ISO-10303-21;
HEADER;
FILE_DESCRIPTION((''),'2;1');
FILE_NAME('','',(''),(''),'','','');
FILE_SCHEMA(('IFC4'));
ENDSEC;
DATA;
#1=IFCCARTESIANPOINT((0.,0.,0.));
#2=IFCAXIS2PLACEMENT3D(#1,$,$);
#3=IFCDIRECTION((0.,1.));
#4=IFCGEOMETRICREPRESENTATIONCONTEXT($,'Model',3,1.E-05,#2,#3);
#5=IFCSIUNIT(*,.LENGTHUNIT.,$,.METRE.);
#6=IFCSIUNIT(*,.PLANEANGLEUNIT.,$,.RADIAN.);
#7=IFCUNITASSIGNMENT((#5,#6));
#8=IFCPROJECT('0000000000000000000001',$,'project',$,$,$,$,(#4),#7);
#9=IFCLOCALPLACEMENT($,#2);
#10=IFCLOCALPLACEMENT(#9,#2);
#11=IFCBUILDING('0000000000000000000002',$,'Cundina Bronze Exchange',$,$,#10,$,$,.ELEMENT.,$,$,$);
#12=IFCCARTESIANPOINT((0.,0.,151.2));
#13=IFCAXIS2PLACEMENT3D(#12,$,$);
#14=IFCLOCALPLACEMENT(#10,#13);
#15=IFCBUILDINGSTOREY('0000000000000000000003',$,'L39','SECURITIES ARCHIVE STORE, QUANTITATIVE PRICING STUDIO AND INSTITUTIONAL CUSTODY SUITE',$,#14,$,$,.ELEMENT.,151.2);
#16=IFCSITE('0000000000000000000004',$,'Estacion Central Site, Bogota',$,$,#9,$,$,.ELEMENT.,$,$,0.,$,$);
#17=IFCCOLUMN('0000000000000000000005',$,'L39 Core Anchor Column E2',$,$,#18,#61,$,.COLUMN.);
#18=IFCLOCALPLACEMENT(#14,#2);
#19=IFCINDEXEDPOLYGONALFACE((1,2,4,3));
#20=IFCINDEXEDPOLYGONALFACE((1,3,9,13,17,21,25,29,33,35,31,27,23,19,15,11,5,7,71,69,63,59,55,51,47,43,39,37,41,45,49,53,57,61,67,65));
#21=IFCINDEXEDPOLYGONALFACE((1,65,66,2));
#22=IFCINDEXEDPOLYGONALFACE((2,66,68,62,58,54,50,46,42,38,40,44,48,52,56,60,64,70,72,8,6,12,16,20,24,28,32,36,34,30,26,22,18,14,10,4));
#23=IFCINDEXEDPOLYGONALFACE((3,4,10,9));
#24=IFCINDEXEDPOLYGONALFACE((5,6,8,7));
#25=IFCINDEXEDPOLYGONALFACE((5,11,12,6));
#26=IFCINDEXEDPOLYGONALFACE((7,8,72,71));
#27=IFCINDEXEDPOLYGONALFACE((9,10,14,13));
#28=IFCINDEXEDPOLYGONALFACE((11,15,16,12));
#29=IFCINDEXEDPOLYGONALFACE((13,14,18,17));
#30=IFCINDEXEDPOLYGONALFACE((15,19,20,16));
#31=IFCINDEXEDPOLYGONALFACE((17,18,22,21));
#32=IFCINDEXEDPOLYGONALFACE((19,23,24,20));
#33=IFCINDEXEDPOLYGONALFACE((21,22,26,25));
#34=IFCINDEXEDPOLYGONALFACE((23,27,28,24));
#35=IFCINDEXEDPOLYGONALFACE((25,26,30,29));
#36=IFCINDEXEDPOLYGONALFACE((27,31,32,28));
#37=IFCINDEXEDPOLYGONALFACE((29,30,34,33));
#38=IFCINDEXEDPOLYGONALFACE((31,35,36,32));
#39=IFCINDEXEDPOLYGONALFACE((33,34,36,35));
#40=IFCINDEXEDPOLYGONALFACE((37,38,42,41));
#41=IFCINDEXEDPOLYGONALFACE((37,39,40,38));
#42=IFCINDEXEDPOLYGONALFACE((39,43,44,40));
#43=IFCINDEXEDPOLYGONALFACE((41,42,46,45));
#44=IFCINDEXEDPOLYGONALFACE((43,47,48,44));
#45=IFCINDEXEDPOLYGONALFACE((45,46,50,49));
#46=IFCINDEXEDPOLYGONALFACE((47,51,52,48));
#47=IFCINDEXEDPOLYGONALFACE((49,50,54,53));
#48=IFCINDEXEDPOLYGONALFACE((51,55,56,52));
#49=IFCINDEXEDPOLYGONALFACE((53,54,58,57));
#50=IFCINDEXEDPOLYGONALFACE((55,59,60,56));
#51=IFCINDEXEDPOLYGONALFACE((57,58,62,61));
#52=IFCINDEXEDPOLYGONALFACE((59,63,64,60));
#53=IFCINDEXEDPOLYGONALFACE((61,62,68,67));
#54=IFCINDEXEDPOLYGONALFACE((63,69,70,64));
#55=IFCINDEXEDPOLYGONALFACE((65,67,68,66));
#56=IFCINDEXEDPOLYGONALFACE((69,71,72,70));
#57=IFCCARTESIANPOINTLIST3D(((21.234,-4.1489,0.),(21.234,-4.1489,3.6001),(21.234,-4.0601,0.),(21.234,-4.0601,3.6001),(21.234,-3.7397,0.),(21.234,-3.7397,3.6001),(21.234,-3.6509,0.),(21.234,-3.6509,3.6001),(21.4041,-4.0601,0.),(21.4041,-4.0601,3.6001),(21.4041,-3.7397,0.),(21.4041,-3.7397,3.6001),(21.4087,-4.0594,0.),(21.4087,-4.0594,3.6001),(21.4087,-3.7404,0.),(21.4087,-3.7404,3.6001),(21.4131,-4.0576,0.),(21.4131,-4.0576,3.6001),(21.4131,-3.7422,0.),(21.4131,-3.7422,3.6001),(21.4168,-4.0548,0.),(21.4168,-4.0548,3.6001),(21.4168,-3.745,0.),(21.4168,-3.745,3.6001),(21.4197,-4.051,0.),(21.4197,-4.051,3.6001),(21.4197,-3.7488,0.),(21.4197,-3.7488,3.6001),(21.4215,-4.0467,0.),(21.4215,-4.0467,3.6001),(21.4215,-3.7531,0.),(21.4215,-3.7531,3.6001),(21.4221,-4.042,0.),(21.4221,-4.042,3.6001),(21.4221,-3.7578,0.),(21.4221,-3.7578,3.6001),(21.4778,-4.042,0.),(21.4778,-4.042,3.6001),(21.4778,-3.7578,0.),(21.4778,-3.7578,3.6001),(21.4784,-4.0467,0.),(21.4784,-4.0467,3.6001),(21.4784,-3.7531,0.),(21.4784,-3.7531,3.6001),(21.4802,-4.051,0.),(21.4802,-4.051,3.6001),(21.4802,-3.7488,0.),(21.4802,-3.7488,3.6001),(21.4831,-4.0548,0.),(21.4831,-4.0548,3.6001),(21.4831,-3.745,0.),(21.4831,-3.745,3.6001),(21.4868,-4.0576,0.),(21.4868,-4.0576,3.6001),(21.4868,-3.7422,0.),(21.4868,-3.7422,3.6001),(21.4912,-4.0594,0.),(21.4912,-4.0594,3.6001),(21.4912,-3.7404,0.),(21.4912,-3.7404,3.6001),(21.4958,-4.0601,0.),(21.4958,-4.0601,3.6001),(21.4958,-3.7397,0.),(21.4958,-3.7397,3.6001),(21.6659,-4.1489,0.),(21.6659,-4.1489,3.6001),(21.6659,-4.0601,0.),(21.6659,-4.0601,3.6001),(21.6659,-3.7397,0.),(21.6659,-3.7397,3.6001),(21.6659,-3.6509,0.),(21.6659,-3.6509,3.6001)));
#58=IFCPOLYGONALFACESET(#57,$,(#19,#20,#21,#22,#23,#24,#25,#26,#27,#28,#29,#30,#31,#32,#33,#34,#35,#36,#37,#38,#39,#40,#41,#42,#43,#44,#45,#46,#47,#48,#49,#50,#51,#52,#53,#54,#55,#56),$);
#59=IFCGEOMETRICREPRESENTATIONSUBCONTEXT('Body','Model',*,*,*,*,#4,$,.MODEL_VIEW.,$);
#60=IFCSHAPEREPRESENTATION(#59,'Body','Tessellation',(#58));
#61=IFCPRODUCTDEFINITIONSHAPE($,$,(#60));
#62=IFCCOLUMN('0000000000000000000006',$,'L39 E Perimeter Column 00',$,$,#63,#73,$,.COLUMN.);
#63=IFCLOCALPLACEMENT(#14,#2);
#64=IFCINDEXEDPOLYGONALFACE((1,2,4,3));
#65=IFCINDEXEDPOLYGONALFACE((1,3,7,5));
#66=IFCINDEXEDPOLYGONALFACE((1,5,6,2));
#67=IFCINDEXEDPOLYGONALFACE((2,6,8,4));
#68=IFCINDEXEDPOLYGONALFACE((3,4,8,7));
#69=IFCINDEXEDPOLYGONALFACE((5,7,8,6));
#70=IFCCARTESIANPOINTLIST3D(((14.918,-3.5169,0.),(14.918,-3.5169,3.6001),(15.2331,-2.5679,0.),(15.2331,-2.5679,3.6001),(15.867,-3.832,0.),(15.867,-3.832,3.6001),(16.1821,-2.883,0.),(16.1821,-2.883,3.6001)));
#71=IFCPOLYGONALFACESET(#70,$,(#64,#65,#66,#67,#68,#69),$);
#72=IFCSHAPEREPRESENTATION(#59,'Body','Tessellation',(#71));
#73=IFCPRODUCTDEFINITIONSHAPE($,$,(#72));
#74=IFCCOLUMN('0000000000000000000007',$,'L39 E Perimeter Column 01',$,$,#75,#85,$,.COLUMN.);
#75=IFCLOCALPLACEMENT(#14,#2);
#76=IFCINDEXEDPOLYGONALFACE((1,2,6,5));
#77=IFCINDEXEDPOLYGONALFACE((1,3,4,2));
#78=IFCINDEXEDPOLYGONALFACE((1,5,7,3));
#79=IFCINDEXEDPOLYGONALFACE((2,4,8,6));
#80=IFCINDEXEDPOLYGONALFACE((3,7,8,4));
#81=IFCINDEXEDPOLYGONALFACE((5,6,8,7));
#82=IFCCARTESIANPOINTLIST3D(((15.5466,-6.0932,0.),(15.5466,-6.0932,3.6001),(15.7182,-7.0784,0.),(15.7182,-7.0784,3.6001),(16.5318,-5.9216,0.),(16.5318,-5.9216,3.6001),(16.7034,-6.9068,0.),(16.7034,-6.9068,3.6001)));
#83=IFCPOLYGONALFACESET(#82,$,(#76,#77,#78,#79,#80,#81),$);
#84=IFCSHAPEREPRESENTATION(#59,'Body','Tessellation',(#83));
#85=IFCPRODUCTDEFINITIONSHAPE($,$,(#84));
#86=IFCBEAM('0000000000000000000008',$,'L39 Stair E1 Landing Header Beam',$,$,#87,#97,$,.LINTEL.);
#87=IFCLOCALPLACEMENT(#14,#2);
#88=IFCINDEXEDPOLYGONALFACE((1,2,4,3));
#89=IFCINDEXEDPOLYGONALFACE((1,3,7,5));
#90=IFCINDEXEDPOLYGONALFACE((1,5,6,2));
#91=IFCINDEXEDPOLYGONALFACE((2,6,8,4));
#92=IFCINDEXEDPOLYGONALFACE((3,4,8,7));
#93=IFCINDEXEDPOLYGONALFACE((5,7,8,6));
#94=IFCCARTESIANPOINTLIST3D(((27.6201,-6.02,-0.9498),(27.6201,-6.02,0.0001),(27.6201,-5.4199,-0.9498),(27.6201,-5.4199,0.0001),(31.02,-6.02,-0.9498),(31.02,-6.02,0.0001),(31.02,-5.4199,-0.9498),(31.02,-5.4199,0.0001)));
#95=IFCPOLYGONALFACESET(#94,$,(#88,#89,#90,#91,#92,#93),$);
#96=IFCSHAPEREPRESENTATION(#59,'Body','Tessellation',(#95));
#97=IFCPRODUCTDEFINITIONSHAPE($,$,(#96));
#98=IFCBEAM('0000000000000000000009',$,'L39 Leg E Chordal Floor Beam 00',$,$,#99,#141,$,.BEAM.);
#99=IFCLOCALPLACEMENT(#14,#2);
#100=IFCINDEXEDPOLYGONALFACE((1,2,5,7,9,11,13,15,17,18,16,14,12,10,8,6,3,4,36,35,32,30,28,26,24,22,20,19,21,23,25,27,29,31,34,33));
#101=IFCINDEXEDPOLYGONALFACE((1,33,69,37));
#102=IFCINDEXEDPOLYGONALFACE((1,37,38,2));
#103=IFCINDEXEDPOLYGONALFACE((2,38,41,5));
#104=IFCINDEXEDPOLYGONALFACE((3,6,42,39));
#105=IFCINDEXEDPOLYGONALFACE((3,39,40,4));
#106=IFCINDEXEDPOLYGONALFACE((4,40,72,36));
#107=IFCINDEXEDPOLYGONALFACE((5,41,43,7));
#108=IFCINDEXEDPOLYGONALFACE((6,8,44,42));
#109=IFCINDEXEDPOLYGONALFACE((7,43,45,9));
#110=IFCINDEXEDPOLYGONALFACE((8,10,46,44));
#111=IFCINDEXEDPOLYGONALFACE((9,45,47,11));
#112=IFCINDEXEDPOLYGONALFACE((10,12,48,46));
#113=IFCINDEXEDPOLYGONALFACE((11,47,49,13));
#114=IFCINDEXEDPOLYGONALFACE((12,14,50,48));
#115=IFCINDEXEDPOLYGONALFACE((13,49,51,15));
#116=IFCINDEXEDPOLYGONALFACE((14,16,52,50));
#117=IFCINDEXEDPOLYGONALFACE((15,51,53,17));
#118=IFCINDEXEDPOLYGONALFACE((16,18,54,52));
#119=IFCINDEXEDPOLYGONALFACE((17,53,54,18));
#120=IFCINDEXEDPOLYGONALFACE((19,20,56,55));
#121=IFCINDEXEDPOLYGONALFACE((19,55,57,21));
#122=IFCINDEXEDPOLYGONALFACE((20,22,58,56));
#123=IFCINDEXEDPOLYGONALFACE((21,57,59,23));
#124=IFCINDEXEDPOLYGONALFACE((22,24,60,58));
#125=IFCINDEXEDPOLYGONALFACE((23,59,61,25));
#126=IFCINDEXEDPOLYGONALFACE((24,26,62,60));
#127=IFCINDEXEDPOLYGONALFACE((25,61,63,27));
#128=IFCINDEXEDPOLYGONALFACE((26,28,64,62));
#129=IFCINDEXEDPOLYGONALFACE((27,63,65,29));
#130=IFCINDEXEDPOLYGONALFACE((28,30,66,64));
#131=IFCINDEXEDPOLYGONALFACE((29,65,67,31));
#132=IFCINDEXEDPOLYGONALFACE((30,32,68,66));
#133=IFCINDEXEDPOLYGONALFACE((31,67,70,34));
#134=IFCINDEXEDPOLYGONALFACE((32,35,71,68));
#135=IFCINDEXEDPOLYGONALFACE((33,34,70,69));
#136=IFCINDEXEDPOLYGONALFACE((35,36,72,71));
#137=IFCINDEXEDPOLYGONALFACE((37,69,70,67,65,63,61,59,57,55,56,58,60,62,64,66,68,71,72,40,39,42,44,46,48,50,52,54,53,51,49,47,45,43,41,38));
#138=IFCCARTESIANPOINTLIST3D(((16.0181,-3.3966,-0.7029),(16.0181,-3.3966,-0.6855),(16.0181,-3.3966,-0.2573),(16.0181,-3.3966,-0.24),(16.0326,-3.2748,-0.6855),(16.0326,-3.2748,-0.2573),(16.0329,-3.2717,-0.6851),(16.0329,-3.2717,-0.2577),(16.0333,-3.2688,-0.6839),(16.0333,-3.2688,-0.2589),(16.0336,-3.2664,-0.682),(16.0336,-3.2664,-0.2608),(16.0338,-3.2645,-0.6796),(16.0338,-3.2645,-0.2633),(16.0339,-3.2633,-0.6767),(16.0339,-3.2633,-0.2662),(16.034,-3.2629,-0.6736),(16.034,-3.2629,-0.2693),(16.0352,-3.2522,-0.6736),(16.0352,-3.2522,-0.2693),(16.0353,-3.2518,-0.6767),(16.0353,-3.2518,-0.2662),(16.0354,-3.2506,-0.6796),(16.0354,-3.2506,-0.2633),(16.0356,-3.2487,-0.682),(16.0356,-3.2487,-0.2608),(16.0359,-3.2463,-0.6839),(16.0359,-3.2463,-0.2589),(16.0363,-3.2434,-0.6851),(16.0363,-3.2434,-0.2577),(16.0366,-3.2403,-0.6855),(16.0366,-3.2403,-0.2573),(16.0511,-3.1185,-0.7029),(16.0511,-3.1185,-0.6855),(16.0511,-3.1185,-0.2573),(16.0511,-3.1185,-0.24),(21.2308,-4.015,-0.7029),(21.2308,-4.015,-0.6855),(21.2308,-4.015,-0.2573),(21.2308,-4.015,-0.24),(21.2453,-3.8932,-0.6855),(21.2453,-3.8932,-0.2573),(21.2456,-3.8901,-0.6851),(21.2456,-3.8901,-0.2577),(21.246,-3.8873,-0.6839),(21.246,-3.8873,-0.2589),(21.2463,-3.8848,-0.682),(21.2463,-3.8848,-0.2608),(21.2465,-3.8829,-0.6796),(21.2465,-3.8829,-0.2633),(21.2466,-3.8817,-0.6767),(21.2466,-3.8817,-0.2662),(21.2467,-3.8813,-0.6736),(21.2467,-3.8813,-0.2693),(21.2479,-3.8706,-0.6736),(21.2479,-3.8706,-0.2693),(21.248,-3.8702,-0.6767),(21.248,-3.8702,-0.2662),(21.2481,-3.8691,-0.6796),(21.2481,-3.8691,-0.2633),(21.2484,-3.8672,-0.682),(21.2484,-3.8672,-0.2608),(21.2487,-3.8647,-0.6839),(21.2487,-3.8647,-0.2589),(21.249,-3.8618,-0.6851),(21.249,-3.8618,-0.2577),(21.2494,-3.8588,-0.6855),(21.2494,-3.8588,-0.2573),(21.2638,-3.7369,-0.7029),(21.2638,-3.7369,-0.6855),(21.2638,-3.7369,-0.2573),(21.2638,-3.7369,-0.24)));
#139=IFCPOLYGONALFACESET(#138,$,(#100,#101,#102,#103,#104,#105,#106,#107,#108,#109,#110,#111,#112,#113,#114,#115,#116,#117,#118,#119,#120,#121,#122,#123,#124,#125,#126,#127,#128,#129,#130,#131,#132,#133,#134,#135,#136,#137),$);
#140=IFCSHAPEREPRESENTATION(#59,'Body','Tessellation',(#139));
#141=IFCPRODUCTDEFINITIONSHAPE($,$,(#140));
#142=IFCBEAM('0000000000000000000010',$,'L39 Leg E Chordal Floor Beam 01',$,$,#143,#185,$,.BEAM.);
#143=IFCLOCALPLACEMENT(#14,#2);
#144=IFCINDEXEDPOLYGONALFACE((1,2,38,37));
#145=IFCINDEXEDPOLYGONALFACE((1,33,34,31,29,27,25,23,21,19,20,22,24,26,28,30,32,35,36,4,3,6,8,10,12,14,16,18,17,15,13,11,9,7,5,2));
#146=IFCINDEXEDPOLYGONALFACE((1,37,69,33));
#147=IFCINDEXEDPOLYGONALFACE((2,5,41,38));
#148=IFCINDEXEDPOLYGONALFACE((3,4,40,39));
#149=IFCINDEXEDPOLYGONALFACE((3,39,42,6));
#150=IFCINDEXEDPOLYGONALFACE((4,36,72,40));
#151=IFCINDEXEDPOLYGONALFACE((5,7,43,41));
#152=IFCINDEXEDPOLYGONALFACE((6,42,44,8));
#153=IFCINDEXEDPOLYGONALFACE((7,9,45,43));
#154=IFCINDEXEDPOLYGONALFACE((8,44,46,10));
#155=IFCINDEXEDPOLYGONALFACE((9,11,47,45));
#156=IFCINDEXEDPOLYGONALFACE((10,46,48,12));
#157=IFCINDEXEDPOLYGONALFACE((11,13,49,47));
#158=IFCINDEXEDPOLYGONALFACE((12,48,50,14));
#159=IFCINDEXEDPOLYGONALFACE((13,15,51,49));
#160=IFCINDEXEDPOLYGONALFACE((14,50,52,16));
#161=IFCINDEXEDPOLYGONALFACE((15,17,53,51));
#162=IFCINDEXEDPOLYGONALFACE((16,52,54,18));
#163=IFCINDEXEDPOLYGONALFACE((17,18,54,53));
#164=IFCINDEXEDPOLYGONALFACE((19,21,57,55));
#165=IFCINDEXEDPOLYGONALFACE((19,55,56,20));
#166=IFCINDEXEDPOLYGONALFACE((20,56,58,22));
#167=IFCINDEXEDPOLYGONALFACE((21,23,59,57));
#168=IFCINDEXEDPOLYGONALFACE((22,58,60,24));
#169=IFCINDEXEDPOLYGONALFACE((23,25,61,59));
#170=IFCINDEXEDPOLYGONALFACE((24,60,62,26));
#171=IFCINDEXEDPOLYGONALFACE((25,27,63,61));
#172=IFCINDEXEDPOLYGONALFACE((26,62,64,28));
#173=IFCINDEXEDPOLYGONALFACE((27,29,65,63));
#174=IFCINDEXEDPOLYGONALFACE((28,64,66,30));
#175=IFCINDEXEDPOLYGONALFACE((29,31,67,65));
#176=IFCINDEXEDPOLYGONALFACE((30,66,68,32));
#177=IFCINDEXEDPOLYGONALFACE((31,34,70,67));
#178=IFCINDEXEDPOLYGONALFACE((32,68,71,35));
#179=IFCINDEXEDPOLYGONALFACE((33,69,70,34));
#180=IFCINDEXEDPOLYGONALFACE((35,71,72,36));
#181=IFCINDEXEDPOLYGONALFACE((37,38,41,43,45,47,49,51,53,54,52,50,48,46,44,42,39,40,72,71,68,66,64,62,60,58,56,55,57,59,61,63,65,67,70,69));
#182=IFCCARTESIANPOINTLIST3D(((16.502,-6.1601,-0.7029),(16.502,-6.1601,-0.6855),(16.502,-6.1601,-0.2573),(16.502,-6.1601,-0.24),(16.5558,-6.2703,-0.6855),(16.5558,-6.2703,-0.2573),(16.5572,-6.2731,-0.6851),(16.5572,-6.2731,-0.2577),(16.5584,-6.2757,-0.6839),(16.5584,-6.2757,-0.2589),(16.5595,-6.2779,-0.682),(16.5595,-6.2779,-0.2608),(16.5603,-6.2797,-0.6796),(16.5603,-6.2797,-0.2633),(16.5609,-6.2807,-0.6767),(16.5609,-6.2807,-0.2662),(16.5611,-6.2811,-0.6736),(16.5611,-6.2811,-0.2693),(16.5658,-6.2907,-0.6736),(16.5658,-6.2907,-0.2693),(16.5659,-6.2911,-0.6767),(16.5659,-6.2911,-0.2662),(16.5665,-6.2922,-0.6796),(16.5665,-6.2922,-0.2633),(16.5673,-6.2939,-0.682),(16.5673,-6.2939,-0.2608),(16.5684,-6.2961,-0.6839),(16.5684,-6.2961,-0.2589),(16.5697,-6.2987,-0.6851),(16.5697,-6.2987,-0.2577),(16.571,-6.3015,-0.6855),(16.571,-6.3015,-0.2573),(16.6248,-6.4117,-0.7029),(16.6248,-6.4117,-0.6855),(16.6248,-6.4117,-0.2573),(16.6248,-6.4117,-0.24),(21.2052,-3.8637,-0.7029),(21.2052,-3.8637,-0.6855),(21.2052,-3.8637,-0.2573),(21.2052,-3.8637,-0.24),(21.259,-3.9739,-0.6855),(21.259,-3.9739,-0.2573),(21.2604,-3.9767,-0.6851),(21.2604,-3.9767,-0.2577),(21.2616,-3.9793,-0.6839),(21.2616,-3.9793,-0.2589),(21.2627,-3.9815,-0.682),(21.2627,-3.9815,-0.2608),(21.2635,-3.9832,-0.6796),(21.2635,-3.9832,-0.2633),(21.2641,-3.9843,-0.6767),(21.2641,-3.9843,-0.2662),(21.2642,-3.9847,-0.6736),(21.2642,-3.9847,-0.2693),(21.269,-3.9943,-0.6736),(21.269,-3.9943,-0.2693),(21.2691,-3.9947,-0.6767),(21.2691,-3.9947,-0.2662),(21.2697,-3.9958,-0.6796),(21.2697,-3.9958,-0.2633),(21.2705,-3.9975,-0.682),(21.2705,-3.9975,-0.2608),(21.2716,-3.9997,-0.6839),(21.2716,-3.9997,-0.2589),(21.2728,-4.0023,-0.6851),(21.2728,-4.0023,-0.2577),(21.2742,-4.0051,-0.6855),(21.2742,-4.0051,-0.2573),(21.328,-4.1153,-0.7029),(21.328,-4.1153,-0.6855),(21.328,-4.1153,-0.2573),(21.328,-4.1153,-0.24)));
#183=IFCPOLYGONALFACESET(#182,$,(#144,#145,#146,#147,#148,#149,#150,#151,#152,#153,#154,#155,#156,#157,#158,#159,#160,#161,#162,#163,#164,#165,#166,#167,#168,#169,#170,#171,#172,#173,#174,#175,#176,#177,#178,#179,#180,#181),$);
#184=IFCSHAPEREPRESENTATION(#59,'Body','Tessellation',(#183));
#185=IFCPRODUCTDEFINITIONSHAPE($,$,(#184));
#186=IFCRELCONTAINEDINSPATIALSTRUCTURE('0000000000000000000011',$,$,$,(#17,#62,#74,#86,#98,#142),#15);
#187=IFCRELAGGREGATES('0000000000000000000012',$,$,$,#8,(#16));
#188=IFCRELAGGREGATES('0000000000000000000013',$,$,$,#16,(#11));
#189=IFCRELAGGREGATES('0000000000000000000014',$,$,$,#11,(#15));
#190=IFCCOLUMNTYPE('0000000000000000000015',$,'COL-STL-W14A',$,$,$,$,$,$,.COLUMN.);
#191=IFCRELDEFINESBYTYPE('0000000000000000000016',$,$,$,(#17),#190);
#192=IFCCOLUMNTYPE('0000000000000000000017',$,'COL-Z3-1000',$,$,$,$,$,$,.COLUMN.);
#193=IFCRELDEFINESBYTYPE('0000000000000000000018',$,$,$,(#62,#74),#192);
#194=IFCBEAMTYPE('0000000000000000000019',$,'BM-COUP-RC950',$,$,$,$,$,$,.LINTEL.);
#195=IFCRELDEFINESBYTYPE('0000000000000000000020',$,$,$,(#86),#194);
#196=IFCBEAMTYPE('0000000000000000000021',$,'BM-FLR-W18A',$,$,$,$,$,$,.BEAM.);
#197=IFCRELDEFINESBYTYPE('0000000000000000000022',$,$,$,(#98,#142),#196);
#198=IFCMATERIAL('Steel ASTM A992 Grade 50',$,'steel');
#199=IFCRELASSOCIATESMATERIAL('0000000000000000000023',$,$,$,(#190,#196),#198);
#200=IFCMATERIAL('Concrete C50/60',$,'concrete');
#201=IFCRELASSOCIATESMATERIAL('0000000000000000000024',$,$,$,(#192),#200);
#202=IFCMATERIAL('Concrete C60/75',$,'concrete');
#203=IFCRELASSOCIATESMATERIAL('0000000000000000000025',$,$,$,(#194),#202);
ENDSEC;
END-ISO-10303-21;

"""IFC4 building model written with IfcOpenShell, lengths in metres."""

from ifc_helpers import new_model, si_unit, direction, frame, origin, origin_2d, place, context, subcontext, project, spatial, rectangle, i_section, extrude, material, material_profile, profile_set, type_object, element, save


model = new_model("IFC4")

# Units and contexts
model_context = context("Model", 3, precision=1e-05, world=origin(), true_north=direction((0.0, 1.0)))
body_context = subcontext(model_context, "Body", "Model", "MODEL_VIEW")
ifc_project = project(units=[si_unit("LENGTHUNIT", "METRE"), si_unit("PLANEANGLEUNIT", "RADIAN")], contexts=[model_context])

# Site, building, storey
site_placement = place(None, origin())
site = spatial("IfcSite", under=ifc_project, at=site_placement, Name="Estacion Central Site, Bogota", CompositionType="ELEMENT", RefElevation=0.0)
building_placement = place(site_placement, origin())
building = spatial("IfcBuilding", under=site, at=building_placement, Name="Cundina Bronze Exchange", CompositionType="ELEMENT")
storey_placement = place(building_placement, frame((0.0, 0.0, 151.2)))
storey = spatial("IfcBuildingStorey", under=building, at=storey_placement, Name="L39", Description="SECURITIES ARCHIVE STORE, QUANTITATIVE PRICING STUDIO AND INSTITUTIONAL CUSTODY SUITE", CompositionType="ELEMENT", Elevation=151.2)

# Columns
ifc_material_1 = material(Name="Steel ASTM A992 Grade 50", Category="steel")
ifc_material_profile_1 = material_profile(ifc_material_1, i_section(OverallWidth=0.4319, OverallDepth=0.498, WebThickness=0.0557, FlangeThickness=0.0889, FilletRadius=0.0181, at=origin_2d()), Name="W14X500", Category="steel")
ifc_profile_set_1 = profile_set([ifc_material_profile_1], Name="Steel ASTM A992 Grade 50")
column_type_1 = type_object("IfcColumnType", Name="COL-STL-W14A", PredefinedType="COLUMN", material=ifc_profile_set_1)
column_placement = place(storey_placement, frame((21.45, -3.8999, 0.0), z_axis=(0.0, 0.0, 1.0), x_axis=(1.0, 0.0, 0.0)))
element("IfcColumn", 1, at=column_placement, inside=storey, type_object=column_type_1, Name="L39 Core Anchor Column E2", PredefinedType="COLUMN", context=body_context, shape_type="SweptSolid", body=[
    extrude(i_section(OverallWidth=0.4319, OverallDepth=0.498, WebThickness=0.0557, FlangeThickness=0.0889, FilletRadius=0.0181, at=origin_2d()), origin(), (0.0, 0.0, 1.0), 3.6001),
])
ifc_material_2 = material(Name="Concrete C50/60", Category="concrete")
ifc_material_profile_2 = material_profile(ifc_material_2, rectangle(XDim=1.0, YDim=1.0, at=origin_2d()), Name="RC1000X1000", Category="concrete")
ifc_profile_set_2 = profile_set([ifc_material_profile_2], Name="Concrete C50/60")
column_type_2 = type_object("IfcColumnType", Name="COL-Z3-1000", PredefinedType="COLUMN", material=ifc_profile_set_2)
for number, where, z_axis, x_axis, name in (
    (2, (15.55, -3.2, 0.0), (0.0, 0.0, 1.0), (-0.315152, -0.949041, 0.0), "L39 E Perimeter Column 00"),
    (3, (16.125, -6.5, 0.0), (0.0, 0.0, 1.0), (0.171585, -0.985169, 0.0), "L39 E Perimeter Column 01"),
):
    element("IfcColumn", number, at=place(storey_placement, frame(where, z_axis=z_axis, x_axis=x_axis)), inside=storey, type_object=column_type_2, Name=name, PredefinedType="COLUMN", context=body_context, shape_type="SweptSolid", body=[
        extrude(rectangle(XDim=1.0, YDim=1.0, at=origin_2d()), origin(), (0.0, 0.0, 1.0), 3.6001),
    ])

# Beams
ifc_material_3 = material(Name="Concrete C60/75", Category="concrete")
ifc_material_profile_3 = material_profile(ifc_material_3, rectangle(XDim=0.6001, YDim=0.95, at=origin_2d()), Name="RC600X950", Category="concrete")
ifc_profile_set_3 = profile_set([ifc_material_profile_3], Name="Concrete C60/75")
beam_type_1 = type_object("IfcBeamType", Name="BM-COUP-RC950", PredefinedType="LINTEL", material=ifc_profile_set_3)
beam_1_placement = place(storey_placement, frame((27.6201, -5.72, -0.4749), z_axis=(1.0, 0.0, 0.0), x_axis=(0.0, 1.0, 0.0)))
element("IfcBeam", 4, at=beam_1_placement, inside=storey, type_object=beam_type_1, Name="L39 Stair E1 Landing Header Beam", PredefinedType="LINTEL", context=body_context, shape_type="SweptSolid", body=[
    extrude(rectangle(XDim=0.6001, YDim=0.95, at=origin_2d()), origin(), (0.0, 0.0, 1.0), 3.3999),
])
ifc_material_profile_4 = material_profile(ifc_material_1, i_section(OverallWidth=0.28, OverallDepth=0.4629, WebThickness=0.0107, FlangeThickness=0.0173, FilletRadius=0.012, at=origin_2d()), Name="W18X76", Category="steel")
ifc_profile_set_4 = profile_set([ifc_material_profile_4], Name="Steel ASTM A992 Grade 50")
beam_type_2 = type_object("IfcBeamType", Name="BM-FLR-W18A", PredefinedType="BEAM", material=ifc_profile_set_4)
beam_2_placement = place(storey_placement, frame((21.2473, -3.876, -0.4714), z_axis=(-0.993036, 0.11781, 0.0), x_axis=(-0.11781, -0.993036, 0.0)))
element("IfcBeam", 5, at=beam_2_placement, inside=storey, type_object=beam_type_2, Name="L39 Leg E Chordal Floor Beam 00", PredefinedType="BEAM", context=body_context, shape_type="SweptSolid", body=[
    extrude(i_section(OverallWidth=0.28, OverallDepth=0.4629, WebThickness=0.0107, FlangeThickness=0.0173, FilletRadius=0.012, at=origin_2d()), origin(), (0.0, 0.0, 1.0), 5.2493),
])
beam_3_placement = place(storey_placement, frame((21.2666, -3.9895, -0.4714), z_axis=(-0.898604, -0.43876, 0.0), x_axis=(0.43876, -0.898604, 0.0)))
element("IfcBeam", 6, at=beam_3_placement, inside=storey, type_object=beam_type_2, Name="L39 Leg E Chordal Floor Beam 01", PredefinedType="BEAM", context=body_context, shape_type="SweptSolid", body=[
    extrude(i_section(OverallWidth=0.28, OverallDepth=0.4629, WebThickness=0.0107, FlangeThickness=0.0173, FilletRadius=0.012, at=origin_2d()), origin(), (0.0, 0.0, 1.0), 5.2339),
])

save(model, "model.ifc")
